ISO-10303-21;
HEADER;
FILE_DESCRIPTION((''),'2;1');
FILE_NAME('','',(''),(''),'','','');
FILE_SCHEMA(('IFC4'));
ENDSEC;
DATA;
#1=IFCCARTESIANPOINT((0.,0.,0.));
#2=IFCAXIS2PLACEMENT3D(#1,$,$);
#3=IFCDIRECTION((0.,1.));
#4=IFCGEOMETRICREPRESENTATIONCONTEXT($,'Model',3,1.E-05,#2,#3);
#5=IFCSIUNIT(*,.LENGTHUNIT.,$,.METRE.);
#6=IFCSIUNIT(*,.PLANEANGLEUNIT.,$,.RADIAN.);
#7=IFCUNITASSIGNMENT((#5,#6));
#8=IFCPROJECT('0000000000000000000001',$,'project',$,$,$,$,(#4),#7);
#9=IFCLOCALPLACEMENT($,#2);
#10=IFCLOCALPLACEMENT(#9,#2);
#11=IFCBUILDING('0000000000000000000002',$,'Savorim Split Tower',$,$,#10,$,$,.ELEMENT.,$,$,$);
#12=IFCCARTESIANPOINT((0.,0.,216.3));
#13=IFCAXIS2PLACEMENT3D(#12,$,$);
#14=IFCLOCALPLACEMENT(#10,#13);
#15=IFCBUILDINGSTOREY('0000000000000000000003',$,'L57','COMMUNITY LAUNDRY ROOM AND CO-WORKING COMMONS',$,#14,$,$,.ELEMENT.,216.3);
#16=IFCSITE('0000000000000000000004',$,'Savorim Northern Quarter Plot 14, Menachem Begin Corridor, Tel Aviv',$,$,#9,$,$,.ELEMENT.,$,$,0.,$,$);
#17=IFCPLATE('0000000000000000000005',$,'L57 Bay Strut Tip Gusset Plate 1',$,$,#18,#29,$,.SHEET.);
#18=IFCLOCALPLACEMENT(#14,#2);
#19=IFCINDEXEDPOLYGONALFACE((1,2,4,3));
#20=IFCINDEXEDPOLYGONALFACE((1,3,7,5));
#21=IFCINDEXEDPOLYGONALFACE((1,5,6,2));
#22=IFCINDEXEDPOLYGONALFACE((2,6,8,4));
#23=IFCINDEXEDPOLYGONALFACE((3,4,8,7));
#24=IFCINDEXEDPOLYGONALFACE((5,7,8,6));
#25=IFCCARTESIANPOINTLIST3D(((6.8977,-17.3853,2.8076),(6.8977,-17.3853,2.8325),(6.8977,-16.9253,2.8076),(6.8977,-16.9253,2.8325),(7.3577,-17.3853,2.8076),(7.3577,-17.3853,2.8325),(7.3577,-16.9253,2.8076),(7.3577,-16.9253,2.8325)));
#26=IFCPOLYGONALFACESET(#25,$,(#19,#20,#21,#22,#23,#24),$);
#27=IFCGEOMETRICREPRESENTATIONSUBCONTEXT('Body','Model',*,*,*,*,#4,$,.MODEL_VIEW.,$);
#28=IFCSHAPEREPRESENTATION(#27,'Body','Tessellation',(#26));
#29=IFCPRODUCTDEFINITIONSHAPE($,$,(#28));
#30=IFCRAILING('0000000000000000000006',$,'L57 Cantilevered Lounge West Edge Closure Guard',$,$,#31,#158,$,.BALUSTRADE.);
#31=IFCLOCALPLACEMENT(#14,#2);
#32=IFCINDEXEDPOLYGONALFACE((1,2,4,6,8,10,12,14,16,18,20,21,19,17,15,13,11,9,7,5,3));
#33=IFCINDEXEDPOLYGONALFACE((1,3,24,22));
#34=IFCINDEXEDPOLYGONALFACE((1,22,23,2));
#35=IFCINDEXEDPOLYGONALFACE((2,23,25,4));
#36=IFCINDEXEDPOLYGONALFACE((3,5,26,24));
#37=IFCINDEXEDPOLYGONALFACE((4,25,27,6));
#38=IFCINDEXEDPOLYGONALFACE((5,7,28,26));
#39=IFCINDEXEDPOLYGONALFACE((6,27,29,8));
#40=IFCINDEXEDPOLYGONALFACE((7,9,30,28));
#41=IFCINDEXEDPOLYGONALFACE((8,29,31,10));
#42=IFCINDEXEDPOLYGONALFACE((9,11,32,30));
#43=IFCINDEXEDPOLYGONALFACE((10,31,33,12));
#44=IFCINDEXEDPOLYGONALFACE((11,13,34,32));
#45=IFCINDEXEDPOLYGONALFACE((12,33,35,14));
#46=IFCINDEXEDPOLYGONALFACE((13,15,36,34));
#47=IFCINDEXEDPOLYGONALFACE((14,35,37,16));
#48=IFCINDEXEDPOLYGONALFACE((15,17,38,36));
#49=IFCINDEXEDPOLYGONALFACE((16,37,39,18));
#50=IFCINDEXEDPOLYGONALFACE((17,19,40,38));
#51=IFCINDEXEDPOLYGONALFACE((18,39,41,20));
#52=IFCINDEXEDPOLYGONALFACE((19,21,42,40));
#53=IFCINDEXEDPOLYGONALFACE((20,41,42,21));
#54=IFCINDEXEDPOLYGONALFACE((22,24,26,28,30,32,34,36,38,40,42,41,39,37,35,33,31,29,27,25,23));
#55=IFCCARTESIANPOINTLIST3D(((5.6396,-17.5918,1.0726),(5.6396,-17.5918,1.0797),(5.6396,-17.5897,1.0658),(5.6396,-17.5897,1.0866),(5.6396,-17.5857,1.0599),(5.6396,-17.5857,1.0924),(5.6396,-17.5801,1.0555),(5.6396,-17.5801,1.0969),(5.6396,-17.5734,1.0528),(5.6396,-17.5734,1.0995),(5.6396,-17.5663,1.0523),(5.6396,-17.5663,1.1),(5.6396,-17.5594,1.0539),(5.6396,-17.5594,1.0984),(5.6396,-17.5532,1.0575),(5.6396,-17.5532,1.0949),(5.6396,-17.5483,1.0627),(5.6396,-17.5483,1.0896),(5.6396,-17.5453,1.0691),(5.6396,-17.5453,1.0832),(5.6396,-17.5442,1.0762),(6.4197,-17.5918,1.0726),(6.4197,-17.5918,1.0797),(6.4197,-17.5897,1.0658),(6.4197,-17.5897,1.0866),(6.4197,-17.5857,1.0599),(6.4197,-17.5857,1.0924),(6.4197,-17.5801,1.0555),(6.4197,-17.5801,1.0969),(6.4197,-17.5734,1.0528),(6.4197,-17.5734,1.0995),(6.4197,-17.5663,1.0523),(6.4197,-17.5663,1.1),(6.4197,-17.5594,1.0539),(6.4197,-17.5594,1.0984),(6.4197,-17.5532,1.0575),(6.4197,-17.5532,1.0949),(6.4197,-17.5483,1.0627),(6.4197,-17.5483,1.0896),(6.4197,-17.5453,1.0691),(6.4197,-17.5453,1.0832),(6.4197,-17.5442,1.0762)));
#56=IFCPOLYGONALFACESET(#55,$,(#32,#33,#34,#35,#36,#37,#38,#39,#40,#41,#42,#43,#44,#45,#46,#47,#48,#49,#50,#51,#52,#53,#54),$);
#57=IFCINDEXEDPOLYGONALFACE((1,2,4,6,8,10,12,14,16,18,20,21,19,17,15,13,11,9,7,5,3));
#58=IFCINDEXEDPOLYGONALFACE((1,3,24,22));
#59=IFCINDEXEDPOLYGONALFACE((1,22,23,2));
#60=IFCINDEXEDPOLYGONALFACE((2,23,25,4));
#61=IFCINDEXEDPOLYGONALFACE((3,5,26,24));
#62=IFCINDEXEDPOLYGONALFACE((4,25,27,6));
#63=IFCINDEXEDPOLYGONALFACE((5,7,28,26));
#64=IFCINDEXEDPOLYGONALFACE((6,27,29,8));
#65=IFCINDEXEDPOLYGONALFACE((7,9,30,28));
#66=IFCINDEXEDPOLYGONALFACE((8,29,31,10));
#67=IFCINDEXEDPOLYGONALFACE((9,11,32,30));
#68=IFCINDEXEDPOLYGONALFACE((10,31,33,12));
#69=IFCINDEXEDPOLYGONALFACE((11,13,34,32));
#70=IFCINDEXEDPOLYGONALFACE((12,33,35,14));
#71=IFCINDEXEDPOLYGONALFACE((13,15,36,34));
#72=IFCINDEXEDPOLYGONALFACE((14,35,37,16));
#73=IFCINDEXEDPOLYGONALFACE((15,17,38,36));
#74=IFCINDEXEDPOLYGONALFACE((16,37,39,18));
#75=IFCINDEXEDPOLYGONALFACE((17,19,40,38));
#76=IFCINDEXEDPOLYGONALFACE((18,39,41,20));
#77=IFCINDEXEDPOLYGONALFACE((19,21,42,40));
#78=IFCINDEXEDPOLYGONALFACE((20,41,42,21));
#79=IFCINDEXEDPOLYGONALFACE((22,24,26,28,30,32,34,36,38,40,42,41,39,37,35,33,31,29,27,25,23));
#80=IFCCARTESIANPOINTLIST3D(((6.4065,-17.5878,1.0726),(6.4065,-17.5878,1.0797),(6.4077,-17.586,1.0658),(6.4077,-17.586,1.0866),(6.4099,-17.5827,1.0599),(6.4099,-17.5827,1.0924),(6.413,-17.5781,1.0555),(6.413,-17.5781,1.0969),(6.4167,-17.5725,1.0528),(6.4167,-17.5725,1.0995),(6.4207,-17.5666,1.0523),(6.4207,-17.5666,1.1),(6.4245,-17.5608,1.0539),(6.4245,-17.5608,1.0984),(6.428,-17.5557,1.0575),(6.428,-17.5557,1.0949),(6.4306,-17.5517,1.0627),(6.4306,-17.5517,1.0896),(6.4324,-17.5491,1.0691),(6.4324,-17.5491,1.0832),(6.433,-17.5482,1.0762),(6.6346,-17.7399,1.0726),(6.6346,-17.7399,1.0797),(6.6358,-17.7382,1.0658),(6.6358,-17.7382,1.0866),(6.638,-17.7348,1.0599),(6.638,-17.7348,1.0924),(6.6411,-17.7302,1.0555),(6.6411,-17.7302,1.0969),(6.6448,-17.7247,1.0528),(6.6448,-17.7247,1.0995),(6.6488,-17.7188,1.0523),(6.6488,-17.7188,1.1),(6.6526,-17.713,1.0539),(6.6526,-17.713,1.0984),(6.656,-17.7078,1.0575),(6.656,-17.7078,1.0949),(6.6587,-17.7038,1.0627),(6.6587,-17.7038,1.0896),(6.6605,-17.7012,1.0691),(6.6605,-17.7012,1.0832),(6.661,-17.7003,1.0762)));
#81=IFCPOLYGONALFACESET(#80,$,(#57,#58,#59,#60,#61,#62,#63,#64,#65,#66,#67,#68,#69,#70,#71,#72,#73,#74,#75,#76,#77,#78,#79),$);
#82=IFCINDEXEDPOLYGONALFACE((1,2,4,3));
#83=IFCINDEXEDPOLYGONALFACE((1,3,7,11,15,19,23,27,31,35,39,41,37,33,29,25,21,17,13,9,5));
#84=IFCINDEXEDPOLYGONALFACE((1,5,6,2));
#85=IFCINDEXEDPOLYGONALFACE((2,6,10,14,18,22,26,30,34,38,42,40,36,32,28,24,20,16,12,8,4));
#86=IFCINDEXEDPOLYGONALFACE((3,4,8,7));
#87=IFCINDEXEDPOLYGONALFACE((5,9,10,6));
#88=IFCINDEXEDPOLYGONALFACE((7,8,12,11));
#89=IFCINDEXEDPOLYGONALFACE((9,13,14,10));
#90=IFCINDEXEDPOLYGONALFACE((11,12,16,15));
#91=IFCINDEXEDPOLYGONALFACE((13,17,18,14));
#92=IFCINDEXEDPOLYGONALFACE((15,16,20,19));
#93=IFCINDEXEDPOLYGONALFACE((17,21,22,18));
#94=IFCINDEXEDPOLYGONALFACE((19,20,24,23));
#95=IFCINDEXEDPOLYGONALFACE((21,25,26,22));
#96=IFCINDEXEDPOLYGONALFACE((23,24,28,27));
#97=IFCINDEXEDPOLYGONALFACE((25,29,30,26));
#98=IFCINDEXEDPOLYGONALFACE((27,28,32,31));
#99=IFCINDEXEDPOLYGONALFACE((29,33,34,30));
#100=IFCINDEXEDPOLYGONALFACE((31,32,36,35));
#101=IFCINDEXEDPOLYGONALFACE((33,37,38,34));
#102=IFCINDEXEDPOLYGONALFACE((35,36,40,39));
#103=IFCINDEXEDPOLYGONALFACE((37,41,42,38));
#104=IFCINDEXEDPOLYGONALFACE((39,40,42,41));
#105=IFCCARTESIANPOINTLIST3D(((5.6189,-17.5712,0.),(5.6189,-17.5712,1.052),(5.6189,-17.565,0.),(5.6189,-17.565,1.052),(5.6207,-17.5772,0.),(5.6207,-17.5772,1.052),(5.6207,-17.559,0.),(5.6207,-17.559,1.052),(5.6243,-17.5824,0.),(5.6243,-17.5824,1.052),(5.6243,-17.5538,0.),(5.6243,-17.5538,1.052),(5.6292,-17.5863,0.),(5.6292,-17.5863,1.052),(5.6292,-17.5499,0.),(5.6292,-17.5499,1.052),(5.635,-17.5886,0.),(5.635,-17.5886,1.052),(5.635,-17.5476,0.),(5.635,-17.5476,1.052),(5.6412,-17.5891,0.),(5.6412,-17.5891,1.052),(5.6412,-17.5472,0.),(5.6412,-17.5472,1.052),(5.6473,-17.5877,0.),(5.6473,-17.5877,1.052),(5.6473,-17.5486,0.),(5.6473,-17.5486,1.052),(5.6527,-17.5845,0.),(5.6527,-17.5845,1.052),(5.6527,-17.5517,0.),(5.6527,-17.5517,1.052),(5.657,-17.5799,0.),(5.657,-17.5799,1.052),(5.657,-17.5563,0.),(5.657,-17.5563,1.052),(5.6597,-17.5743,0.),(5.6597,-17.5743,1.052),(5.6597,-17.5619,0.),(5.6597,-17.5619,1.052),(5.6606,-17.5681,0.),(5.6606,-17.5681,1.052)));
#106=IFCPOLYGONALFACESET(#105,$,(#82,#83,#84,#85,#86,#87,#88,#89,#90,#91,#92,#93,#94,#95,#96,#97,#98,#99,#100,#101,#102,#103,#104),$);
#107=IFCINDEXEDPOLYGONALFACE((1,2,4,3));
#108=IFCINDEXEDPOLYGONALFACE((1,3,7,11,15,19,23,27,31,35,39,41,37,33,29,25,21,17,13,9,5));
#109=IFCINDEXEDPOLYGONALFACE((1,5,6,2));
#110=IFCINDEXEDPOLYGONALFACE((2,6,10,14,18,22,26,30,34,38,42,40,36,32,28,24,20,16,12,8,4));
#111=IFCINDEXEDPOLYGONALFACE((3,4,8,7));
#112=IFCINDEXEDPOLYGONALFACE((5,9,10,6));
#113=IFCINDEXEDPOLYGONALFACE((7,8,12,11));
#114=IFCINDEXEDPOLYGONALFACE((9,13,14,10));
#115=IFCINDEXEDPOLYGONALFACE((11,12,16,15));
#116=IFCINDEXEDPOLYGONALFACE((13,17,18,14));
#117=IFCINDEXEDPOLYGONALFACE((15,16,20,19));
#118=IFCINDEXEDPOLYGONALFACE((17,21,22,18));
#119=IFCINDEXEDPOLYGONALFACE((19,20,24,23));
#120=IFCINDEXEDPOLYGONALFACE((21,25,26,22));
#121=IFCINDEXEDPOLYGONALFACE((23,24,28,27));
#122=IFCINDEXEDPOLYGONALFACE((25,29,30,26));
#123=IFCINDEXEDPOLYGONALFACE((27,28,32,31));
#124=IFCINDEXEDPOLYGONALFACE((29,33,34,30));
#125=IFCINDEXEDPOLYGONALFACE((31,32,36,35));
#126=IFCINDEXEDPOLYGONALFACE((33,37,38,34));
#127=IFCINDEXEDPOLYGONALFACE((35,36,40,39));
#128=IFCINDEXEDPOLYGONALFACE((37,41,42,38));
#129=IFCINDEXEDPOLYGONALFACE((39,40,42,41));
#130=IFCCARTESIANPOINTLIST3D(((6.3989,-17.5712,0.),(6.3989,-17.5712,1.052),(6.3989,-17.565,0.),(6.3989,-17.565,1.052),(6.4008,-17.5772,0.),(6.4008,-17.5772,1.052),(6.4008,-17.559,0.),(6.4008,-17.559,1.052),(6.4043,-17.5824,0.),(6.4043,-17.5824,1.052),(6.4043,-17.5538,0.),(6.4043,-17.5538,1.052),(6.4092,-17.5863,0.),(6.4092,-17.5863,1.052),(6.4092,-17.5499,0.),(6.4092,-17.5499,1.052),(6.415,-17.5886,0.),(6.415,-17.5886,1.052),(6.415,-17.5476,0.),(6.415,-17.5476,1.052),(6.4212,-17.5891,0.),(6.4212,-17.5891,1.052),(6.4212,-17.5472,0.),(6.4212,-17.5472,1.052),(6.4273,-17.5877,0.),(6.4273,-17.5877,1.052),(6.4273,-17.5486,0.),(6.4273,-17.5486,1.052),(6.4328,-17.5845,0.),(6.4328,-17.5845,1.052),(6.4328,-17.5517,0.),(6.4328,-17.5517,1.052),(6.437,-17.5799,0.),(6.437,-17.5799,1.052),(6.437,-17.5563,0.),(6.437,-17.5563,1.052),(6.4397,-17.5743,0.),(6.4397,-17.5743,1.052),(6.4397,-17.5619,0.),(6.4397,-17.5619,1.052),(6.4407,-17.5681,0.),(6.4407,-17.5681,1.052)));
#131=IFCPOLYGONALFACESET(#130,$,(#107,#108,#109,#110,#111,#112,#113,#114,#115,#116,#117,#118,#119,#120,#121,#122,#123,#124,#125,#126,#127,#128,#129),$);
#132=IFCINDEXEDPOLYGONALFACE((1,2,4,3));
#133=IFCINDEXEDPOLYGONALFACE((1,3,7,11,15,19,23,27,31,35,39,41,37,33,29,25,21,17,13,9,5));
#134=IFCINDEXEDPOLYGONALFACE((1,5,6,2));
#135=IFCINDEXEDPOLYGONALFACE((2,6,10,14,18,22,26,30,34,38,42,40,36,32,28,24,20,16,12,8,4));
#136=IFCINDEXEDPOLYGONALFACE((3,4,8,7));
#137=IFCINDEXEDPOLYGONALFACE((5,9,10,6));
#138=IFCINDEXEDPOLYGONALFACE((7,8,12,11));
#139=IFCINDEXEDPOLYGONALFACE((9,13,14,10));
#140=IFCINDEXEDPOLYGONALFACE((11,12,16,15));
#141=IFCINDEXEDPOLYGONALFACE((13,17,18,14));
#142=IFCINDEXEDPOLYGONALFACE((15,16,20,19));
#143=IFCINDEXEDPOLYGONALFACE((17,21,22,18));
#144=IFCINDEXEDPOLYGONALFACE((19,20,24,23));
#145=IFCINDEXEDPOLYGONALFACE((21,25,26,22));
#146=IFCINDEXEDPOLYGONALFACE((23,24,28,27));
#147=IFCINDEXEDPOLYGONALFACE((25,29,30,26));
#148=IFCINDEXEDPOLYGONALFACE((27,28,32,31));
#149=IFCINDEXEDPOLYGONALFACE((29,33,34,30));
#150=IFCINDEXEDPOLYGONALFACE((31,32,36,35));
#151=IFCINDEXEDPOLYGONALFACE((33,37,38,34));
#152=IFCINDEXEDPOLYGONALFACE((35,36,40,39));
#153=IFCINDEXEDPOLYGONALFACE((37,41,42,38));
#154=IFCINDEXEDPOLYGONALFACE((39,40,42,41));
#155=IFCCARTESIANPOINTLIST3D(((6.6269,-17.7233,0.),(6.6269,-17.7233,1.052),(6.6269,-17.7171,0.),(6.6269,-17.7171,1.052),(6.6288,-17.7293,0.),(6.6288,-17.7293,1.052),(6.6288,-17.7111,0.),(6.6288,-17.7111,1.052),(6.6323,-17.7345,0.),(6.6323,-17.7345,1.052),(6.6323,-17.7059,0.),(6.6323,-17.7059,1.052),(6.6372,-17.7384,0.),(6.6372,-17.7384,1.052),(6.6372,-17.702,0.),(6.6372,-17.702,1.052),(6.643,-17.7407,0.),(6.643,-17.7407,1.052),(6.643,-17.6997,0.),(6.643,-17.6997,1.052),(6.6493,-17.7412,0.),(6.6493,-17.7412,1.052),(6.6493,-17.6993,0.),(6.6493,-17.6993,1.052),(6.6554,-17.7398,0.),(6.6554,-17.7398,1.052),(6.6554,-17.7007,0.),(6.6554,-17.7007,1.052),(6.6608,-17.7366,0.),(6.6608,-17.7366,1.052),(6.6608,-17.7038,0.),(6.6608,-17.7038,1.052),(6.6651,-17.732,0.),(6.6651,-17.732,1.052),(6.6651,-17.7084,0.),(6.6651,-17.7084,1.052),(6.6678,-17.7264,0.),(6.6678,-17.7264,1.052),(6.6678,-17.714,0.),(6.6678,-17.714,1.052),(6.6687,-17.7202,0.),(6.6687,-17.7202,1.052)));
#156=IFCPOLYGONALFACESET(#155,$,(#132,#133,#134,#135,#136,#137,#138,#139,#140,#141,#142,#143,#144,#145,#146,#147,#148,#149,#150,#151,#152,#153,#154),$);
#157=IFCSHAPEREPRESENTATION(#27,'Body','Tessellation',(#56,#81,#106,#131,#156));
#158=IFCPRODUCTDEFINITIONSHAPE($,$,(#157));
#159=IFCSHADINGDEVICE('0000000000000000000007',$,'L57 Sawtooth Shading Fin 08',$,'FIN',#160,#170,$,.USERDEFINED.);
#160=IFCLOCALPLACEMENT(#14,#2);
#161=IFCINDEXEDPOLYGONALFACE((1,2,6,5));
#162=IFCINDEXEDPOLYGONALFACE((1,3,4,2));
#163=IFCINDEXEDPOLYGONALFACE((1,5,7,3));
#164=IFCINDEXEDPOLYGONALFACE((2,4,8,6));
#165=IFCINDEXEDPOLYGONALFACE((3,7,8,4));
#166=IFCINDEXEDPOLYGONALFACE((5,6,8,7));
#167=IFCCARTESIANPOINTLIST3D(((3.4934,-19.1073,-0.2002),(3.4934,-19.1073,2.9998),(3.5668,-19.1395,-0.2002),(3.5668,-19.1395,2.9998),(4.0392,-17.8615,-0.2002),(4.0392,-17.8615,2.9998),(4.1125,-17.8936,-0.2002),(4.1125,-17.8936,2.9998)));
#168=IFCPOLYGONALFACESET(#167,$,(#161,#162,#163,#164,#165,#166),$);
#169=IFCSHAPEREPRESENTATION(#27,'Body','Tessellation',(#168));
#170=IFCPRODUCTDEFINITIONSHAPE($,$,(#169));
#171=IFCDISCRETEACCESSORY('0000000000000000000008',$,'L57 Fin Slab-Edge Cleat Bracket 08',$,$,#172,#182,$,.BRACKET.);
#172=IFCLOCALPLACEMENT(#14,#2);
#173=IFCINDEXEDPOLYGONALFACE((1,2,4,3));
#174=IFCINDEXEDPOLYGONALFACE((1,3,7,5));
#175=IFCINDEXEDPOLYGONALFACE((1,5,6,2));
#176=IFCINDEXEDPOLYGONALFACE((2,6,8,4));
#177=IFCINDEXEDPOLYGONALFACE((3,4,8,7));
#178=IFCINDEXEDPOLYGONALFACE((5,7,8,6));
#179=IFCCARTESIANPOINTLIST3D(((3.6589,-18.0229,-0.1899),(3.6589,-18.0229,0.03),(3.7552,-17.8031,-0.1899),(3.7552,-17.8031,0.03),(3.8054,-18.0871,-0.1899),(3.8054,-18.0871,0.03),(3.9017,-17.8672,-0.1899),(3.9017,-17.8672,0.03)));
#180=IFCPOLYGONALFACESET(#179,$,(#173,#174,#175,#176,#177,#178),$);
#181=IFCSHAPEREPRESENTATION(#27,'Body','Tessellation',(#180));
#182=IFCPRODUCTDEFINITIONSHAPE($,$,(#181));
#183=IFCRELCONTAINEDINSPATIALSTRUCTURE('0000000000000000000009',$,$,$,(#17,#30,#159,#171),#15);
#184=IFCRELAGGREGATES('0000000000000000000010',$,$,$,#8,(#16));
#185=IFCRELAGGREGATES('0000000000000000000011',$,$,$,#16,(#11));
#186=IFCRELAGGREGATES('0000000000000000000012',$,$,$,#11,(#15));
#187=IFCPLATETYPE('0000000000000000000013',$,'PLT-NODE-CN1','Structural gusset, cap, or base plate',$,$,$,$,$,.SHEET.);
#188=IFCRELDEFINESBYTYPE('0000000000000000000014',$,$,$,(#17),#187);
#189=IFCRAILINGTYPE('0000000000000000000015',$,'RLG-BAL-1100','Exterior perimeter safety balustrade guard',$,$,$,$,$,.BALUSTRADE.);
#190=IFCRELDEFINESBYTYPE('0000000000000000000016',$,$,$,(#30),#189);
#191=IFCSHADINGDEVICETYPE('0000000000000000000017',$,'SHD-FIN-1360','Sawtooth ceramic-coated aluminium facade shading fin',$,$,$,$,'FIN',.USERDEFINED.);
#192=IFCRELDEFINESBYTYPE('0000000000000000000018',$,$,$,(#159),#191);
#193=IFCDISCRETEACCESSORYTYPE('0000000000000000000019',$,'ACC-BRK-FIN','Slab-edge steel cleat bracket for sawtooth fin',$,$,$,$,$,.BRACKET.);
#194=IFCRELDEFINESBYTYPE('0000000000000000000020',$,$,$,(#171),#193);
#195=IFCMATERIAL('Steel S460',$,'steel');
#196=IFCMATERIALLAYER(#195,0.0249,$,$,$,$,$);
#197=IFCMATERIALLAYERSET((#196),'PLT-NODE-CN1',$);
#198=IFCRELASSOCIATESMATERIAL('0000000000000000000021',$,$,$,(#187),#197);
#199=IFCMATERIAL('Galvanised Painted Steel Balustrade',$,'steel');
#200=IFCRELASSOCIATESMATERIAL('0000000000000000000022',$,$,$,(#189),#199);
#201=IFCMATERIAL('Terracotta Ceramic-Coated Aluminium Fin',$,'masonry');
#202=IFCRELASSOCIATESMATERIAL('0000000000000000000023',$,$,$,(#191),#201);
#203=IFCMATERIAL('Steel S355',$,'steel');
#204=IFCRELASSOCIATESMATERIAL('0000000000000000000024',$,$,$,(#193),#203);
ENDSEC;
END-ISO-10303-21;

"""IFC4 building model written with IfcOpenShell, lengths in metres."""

from ifc_helpers import new_model, si_unit, direction, frame, origin, origin_2d, place, context, subcontext, project, spatial, rectangle, circle, extrude, material, layer, layer_set, type_object, element, save


model = new_model("IFC4")

# Units and contexts
model_context = context("Model", 3, precision=1e-05, world=origin(), true_north=direction((0.0, 1.0)))
body_context = subcontext(model_context, "Body", "Model", "MODEL_VIEW")
ifc_project = project(units=[si_unit("LENGTHUNIT", "METRE"), si_unit("PLANEANGLEUNIT", "RADIAN")], contexts=[model_context])

# Site, building, storey
site_placement = place(None, origin())
site = spatial("IfcSite", under=ifc_project, at=site_placement, Name="Savorim Northern Quarter Plot 14, Menachem Begin Corridor, Tel Aviv", CompositionType="ELEMENT", RefElevation=0.0)
building_placement = place(site_placement, origin())
building = spatial("IfcBuilding", under=site, at=building_placement, Name="Savorim Split Tower", CompositionType="ELEMENT")
storey_placement = place(building_placement, frame((0.0, 0.0, 216.3)))
storey = spatial("IfcBuildingStorey", under=building, at=storey_placement, Name="L57", Description="COMMUNITY LAUNDRY ROOM AND CO-WORKING COMMONS", CompositionType="ELEMENT", Elevation=216.3)

# Plate
ifc_material_1 = material(Name="Steel S460", Category="steel")
ifc_layer_1 = layer(ifc_material_1, 0.0249)
ifc_layer_set_1 = layer_set([ifc_layer_1], Name="PLT-NODE-CN1")
plate_type_1 = type_object("IfcPlateType", Name="PLT-NODE-CN1", Description="Structural gusset, cap, or base plate", PredefinedType="SHEET", material=ifc_layer_set_1)
plate_1_placement = place(storey_placement, frame((7.1277, -17.1553, 2.8076), z_axis=(0.0, 0.0, 1.0), x_axis=(1.0, 0.0, 0.0)))
element("IfcPlate", 1, at=plate_1_placement, inside=storey, type_object=plate_type_1, Name="L57 Bay Strut Tip Gusset Plate 1", PredefinedType="SHEET", context=body_context, shape_type="SweptSolid", body=[
    extrude(rectangle(XDim=0.46, YDim=0.46, at=origin_2d()), origin(), (0.0, 0.0, 1.0), 0.0249),
])

# Railing
ifc_material_2 = material(Name="Galvanised Painted Steel Balustrade", Category="steel")
railing_type = type_object("IfcRailingType", Name="RLG-BAL-1100", Description="Exterior perimeter safety balustrade guard", PredefinedType="BALUSTRADE", material=ifc_material_2)
railing_placement = place(storey_placement, frame((5.6396, -17.5681, 0.0)))
element("IfcRailing", 2, at=railing_placement, inside=storey, type_object=railing_type, Name="L57 Cantilevered Lounge West Edge Closure Guard", PredefinedType="BALUSTRADE", context=body_context, shape_type="SweptSolid", body=[
    extrude(circle(Radius=0.0239, at=origin_2d()), frame((0.0, 0.0, 1.0762), z_axis=(1.0, 0.0, 0.0), x_axis=(0.0, 1.0, 0.0)), (0.0, 0.0, 1.0), 0.78),
    extrude(circle(Radius=0.0239, at=origin_2d()), frame((0.78, 0.0, 1.0762), z_axis=(0.831913, -0.554906, 0.0), x_axis=(0.554906, 0.831913, 0.0)), (0.0, 0.0, 1.0), 0.2742),
    extrude(circle(Radius=0.021, at=origin_2d()), origin(), (0.0, 0.0, 1.0), 1.052),
    extrude(circle(Radius=0.021, at=origin_2d()), frame((0.78, 0.0, 0.0)), (0.0, 0.0, 1.0), 1.052),
    extrude(circle(Radius=0.021, at=origin_2d()), frame((1.0081, -0.1521, 0.0)), (0.0, 0.0, 1.0), 1.052),
])

# Shading device
ifc_material_3 = material(Name="Terracotta Ceramic-Coated Aluminium Fin", Category="masonry")
shading_device_type = type_object("IfcShadingDeviceType", Name="SHD-FIN-1360", Description="Sawtooth ceramic-coated aluminium facade shading fin", ElementType="FIN", PredefinedType="USERDEFINED", material=ifc_material_3)
shading_device_placement = place(storey_placement, frame((3.803, -18.5005, -0.2002), z_axis=(0.0, 0.0, 1.0), x_axis=(-0.40123, -0.915977, 0.0)))
element("IfcShadingDevice", 3, at=shading_device_placement, inside=storey, type_object=shading_device_type, Name="L57 Sawtooth Shading Fin 08", ObjectType="FIN", PredefinedType="USERDEFINED", context=body_context, shape_type="SweptSolid", body=[
    extrude(rectangle(XDim=1.3601, YDim=0.0801, at=origin_2d()), origin(), (0.0, 0.0, 1.0), 3.2),
])

# Discrete accessory
ifc_material_4 = material(Name="Steel S355", Category="steel")
discrete_accessory_type = type_object("IfcDiscreteAccessoryType", Name="ACC-BRK-FIN", Description="Slab-edge steel cleat bracket for sawtooth fin", PredefinedType="BRACKET", material=ifc_material_4)
discrete_accessory_placement = place(storey_placement, frame((3.7803, -17.9451, -0.1899), z_axis=(0.0, 0.0, 1.0), x_axis=(-0.40123, -0.915977, 0.0)))
element("IfcDiscreteAccessory", 4, at=discrete_accessory_placement, inside=storey, type_object=discrete_accessory_type, Name="L57 Fin Slab-Edge Cleat Bracket 08", PredefinedType="BRACKET", context=body_context, shape_type="SweptSolid", body=[
    extrude(rectangle(XDim=0.24, YDim=0.1599, at=origin_2d()), origin(), (0.0, 0.0, 1.0), 0.22),
])

save(model, "model.ifc")
